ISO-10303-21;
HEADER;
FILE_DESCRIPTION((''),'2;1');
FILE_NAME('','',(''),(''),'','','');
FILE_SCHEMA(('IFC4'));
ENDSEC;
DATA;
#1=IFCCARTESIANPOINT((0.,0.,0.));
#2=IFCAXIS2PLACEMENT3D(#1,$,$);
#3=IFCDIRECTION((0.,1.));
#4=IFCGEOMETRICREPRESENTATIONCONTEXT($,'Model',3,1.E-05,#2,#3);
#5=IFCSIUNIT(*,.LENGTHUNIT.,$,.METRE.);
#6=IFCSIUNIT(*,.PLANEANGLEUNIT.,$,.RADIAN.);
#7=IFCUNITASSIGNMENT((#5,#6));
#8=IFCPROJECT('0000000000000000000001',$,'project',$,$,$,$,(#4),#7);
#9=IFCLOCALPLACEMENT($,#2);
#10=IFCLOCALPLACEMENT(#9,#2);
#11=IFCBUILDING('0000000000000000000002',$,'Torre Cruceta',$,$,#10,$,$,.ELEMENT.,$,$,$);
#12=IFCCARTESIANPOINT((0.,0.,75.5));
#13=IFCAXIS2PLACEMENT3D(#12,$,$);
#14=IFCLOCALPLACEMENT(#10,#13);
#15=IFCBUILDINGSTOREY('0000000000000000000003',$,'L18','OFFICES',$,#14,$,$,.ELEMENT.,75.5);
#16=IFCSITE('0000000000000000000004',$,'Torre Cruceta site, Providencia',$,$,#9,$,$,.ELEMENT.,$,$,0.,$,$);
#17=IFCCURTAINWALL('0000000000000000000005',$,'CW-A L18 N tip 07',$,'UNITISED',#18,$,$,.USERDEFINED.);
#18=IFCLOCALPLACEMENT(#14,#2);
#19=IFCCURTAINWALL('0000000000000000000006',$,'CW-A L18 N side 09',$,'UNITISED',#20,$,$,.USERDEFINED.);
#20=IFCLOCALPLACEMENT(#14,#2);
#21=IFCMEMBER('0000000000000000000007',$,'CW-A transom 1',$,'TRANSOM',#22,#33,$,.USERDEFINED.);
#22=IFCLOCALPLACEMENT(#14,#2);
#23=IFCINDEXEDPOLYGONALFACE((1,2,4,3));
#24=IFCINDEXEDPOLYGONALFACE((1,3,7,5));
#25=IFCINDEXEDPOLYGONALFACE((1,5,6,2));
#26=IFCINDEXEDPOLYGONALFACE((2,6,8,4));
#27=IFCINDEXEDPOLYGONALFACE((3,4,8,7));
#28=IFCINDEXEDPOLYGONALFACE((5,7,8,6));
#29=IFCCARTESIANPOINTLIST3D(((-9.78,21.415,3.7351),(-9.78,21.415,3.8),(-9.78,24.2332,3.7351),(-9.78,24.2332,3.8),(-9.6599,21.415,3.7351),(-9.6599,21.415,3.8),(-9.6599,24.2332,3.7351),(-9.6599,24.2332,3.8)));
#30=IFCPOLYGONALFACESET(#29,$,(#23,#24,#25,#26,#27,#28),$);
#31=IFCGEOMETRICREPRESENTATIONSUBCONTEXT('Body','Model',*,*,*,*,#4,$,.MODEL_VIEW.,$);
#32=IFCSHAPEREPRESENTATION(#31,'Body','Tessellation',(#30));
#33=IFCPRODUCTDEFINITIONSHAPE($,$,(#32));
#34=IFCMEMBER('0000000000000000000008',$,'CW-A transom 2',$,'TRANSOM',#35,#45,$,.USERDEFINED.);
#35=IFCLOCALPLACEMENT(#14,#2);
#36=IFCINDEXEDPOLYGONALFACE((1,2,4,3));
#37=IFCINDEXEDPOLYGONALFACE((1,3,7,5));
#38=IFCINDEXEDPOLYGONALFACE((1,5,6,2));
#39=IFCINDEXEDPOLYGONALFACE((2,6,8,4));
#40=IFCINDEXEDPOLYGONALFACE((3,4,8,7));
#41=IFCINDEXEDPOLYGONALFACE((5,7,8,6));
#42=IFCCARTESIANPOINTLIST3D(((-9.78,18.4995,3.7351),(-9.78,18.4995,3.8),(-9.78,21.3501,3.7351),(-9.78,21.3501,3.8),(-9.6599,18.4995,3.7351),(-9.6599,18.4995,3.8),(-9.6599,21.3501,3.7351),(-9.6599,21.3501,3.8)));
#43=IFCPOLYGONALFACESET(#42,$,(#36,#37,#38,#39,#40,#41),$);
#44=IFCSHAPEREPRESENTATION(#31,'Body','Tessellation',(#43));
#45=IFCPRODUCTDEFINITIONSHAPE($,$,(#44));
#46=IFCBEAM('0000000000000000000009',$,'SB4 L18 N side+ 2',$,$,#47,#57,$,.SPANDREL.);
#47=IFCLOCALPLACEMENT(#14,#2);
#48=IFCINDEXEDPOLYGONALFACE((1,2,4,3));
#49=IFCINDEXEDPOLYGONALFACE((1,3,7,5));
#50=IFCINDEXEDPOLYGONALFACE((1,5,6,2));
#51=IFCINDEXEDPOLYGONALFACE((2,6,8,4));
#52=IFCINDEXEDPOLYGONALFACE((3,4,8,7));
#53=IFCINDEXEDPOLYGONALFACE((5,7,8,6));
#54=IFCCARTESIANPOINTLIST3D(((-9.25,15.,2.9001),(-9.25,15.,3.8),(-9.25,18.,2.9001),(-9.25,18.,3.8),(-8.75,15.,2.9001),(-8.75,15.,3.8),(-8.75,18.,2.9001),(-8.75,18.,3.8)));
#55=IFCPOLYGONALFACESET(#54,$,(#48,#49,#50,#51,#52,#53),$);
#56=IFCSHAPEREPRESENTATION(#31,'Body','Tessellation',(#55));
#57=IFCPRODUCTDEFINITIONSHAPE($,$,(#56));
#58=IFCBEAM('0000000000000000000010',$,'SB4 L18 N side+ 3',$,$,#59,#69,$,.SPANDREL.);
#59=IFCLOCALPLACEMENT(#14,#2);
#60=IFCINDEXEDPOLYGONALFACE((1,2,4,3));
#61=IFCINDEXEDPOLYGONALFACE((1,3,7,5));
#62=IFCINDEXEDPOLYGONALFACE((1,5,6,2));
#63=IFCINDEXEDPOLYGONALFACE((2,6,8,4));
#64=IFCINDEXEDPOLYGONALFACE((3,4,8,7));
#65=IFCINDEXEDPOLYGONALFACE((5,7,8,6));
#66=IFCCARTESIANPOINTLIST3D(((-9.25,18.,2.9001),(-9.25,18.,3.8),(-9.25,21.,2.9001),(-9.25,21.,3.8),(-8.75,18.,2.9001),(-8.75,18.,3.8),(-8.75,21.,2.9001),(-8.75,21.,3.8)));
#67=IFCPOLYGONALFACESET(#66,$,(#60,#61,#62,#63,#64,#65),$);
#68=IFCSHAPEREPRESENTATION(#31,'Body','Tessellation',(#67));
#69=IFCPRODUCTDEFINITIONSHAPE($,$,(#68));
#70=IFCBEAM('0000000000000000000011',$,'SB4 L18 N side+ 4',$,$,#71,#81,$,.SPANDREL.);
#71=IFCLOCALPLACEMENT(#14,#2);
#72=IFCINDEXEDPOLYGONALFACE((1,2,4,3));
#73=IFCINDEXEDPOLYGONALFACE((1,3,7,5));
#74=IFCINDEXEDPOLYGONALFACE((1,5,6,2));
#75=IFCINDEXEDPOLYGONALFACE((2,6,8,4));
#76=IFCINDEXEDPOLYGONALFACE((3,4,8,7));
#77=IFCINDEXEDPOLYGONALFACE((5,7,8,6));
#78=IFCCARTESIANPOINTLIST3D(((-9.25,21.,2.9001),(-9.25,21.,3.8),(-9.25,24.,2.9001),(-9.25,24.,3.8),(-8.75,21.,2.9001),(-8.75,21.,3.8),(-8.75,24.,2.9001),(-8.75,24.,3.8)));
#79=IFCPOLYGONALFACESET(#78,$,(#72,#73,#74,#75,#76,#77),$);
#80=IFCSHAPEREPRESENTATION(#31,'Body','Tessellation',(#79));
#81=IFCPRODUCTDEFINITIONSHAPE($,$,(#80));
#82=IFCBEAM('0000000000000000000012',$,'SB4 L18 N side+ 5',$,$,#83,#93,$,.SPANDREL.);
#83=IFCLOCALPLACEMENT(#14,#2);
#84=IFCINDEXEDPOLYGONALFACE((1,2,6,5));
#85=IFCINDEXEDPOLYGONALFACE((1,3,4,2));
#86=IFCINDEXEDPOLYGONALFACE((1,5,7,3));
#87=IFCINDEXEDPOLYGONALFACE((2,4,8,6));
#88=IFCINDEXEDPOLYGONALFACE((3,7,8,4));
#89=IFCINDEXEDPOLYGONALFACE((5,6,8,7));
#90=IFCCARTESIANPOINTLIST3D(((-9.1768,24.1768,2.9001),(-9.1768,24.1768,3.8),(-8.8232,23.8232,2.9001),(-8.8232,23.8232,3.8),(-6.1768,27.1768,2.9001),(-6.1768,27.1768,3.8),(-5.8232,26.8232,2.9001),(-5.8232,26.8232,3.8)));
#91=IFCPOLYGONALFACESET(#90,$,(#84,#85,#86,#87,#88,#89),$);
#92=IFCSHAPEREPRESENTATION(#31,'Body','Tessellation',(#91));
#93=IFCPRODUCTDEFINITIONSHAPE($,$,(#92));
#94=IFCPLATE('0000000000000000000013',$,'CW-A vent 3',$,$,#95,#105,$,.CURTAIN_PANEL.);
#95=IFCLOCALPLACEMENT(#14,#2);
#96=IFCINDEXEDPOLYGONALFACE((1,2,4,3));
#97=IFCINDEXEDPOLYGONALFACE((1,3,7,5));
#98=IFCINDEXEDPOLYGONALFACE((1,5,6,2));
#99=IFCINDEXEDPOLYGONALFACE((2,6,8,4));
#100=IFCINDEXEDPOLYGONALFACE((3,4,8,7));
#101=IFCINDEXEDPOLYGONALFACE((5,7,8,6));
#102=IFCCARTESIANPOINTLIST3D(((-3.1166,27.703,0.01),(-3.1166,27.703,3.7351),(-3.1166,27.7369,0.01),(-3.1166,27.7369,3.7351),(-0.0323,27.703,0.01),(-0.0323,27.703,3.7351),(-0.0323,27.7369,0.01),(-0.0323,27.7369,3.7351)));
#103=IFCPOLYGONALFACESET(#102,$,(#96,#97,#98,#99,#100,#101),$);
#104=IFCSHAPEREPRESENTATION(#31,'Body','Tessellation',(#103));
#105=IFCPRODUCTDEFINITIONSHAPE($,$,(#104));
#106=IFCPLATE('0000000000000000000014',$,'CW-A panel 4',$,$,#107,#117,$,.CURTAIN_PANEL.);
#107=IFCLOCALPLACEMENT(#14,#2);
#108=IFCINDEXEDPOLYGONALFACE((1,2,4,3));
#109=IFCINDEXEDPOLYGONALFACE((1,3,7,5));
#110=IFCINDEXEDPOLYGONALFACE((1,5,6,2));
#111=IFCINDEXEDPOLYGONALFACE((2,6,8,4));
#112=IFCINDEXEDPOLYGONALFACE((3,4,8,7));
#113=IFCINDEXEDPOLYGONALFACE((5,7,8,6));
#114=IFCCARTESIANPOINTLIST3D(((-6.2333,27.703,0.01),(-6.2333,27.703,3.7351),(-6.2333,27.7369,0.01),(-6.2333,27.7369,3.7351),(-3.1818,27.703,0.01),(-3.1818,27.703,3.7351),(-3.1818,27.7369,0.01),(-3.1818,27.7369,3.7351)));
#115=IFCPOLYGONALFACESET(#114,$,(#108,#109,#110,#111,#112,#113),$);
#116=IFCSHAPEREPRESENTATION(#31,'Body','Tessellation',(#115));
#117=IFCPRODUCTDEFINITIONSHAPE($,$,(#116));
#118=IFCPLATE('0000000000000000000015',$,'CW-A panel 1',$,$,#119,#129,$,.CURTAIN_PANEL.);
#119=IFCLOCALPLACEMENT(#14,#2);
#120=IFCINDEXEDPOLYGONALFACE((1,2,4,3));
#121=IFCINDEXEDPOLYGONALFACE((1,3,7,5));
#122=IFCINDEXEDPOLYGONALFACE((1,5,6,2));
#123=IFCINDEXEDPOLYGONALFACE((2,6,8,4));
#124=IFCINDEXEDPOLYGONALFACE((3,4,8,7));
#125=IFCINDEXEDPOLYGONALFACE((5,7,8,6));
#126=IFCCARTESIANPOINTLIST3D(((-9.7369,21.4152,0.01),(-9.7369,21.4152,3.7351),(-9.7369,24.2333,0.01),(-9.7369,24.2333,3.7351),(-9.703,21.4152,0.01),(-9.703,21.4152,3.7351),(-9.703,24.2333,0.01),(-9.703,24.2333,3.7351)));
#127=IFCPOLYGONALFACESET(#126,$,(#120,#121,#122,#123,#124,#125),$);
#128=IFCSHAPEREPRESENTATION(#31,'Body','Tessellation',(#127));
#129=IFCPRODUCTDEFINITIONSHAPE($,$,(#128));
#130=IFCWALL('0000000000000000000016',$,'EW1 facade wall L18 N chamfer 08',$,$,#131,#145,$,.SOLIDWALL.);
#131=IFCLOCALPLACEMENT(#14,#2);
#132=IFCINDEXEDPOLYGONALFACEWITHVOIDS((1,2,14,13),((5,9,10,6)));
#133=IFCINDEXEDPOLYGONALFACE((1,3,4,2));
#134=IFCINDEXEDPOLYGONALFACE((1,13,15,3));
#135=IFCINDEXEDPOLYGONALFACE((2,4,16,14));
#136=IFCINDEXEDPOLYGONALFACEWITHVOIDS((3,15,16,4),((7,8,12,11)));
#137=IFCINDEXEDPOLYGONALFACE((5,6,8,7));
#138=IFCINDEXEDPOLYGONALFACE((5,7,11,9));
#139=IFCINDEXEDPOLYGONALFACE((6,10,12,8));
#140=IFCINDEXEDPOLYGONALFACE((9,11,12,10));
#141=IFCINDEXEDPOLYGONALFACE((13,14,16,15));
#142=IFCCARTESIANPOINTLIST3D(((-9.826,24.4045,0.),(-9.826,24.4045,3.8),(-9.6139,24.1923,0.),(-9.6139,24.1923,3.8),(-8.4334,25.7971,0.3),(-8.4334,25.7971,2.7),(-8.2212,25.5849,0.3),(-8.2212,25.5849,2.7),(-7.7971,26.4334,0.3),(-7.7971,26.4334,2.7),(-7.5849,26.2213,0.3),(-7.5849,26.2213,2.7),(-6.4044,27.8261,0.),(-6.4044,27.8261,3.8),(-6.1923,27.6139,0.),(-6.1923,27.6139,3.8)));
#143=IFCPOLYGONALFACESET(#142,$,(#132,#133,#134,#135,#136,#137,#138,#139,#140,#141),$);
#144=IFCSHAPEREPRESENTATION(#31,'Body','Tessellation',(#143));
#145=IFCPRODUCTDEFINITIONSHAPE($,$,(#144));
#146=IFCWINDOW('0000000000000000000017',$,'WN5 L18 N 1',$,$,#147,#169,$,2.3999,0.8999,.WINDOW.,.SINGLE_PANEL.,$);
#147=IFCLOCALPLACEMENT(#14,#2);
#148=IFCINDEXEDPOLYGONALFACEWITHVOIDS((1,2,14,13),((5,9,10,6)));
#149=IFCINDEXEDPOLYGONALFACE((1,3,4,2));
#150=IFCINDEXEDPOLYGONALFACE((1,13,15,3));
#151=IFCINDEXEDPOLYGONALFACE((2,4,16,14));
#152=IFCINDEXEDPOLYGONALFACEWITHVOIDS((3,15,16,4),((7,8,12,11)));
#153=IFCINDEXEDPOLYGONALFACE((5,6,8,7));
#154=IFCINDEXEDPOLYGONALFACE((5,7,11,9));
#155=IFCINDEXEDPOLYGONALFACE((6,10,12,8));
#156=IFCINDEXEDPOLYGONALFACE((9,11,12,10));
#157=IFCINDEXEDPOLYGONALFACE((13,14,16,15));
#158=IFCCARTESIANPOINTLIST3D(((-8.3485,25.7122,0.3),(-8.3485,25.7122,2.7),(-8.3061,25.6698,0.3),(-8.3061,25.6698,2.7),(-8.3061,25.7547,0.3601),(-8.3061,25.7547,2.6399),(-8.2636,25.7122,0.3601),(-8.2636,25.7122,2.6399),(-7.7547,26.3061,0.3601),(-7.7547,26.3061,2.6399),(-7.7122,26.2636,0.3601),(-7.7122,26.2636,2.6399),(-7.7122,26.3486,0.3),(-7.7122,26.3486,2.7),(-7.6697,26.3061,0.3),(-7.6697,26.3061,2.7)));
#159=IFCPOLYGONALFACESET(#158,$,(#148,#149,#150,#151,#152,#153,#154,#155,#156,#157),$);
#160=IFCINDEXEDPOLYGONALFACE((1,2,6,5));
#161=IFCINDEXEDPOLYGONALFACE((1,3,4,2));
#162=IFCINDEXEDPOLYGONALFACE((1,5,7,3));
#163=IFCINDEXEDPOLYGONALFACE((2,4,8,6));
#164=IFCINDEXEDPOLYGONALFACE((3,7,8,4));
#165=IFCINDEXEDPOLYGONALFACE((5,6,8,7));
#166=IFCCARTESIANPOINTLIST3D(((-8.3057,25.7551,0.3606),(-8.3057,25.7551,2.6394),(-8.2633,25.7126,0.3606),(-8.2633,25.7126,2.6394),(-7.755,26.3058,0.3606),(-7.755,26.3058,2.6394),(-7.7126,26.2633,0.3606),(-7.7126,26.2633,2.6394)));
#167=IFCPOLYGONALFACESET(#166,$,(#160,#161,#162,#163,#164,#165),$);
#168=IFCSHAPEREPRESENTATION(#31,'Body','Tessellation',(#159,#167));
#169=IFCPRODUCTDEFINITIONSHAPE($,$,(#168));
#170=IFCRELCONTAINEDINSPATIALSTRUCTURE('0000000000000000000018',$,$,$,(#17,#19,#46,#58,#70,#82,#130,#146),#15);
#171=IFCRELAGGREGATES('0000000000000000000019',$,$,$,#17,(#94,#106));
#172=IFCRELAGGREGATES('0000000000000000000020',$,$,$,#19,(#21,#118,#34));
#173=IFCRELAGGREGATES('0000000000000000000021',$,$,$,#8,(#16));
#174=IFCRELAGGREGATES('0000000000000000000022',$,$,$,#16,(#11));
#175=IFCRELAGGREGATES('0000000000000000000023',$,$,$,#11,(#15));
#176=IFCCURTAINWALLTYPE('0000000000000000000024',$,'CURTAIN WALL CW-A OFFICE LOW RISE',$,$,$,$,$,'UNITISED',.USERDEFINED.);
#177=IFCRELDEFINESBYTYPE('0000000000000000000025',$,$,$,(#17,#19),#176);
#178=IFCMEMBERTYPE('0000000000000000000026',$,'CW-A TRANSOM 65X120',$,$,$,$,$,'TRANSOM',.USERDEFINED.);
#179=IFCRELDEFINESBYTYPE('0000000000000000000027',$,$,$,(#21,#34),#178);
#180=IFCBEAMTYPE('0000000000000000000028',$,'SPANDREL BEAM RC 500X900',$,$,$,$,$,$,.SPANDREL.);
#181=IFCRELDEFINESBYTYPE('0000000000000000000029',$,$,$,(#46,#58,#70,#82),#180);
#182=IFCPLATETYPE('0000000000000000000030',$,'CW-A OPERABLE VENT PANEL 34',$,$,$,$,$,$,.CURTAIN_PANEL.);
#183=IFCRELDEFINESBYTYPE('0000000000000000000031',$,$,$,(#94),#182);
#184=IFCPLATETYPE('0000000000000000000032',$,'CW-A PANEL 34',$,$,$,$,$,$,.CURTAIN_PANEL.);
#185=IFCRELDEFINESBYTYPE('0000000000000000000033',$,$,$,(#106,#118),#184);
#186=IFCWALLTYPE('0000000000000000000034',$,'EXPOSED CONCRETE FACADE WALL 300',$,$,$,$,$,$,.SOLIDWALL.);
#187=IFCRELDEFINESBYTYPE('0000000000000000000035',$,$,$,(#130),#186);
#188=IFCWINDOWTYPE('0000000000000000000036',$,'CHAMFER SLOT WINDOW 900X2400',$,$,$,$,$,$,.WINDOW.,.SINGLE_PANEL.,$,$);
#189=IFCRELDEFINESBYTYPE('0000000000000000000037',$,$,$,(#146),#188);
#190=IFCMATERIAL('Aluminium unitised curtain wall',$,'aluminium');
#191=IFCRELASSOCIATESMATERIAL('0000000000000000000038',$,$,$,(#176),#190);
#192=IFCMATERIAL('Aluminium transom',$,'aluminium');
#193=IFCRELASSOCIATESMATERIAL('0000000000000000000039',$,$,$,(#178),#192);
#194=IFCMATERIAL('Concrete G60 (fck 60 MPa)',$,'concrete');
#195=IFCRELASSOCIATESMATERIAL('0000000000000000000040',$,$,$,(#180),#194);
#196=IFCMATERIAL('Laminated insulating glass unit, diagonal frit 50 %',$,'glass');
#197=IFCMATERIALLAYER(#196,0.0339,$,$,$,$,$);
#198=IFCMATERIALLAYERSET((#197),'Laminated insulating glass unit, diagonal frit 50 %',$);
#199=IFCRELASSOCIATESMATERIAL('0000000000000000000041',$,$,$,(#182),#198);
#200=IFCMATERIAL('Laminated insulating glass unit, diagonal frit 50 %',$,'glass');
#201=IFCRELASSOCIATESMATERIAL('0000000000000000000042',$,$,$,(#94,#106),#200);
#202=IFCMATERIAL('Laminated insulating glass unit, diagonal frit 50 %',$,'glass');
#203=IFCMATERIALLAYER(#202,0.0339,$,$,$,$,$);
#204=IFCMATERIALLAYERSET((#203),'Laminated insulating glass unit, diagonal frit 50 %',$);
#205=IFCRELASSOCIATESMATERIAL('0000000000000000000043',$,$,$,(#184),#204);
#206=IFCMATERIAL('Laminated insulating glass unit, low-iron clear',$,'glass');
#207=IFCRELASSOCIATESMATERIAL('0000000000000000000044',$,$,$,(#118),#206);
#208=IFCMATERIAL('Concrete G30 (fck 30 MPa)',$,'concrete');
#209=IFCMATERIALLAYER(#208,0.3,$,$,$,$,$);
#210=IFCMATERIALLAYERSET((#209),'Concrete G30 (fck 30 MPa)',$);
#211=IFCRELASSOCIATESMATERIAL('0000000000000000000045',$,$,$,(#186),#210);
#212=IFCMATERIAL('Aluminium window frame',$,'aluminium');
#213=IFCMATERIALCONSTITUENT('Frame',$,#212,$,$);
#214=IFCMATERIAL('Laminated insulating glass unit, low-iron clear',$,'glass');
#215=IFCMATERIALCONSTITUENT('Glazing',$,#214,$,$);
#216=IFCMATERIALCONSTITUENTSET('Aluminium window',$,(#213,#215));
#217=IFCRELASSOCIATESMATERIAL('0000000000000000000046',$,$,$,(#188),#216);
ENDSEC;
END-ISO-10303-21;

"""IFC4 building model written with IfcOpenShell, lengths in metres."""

from ifc_helpers import new_model, si_unit, direction, frame, frame_2d, origin, origin_2d, place, context, subcontext, project, spatial, rectangle, hollow_rectangle, extrude, material, layer, layer_set, constituent, constituent_set, material_profile, profile_set, type_object, element, fill, aggregate, save


model = new_model("IFC4")

# Units and contexts
model_context = context("Model", 3, precision=1e-05, world=origin(), true_north=direction((0.0, 1.0)))
body_context = subcontext(model_context, "Body", "Model", "MODEL_VIEW")
ifc_project = project(units=[si_unit("LENGTHUNIT", "METRE"), si_unit("PLANEANGLEUNIT", "RADIAN")], contexts=[model_context])

# Site, building, storey
site_placement = place(None, origin())
site = spatial("IfcSite", under=ifc_project, at=site_placement, Name="Torre Cruceta site, Providencia", CompositionType="ELEMENT", RefElevation=0.0)
building_placement = place(site_placement, origin())
building = spatial("IfcBuilding", under=site, at=building_placement, Name="Torre Cruceta", CompositionType="ELEMENT")
storey_placement = place(building_placement, frame((0.0, 0.0, 75.5)))
storey = spatial("IfcBuildingStorey", under=building, at=storey_placement, Name="L18", Description="OFFICES", CompositionType="ELEMENT", Elevation=75.5)

# Curtain walls
ifc_material_1 = material(Name="Aluminium unitised curtain wall", Category="aluminium")
curtain_wall_type = type_object("IfcCurtainWallType", Name="CURTAIN WALL CW-A OFFICE LOW RISE", ElementType="UNITISED", PredefinedType="USERDEFINED", material=ifc_material_1)
curtain_wall_1_placement = place(storey_placement, origin())
curtain_wall_1 = element("IfcCurtainWall", 1, at=curtain_wall_1_placement, inside=storey, type_object=curtain_wall_type, Name="CW-A L18 N tip 07", ObjectType="UNITISED", PredefinedType="USERDEFINED")
curtain_wall_2_placement = place(storey_placement, origin())
curtain_wall_2 = element("IfcCurtainWall", 2, at=curtain_wall_2_placement, inside=storey, type_object=curtain_wall_type, Name="CW-A L18 N side 09", ObjectType="UNITISED", PredefinedType="USERDEFINED")

# Members
ifc_material_2 = material(Name="Aluminium transom", Category="aluminium")
ifc_material_profile_1 = material_profile(ifc_material_2, rectangle(XDim=0.1201, YDim=0.0649, at=origin_2d()), Name="AL 120X65")
ifc_profile_set_1 = profile_set([ifc_material_profile_1], Name="Aluminium transom")
member_type_1 = type_object("IfcMemberType", Name="CW-A TRANSOM 65X120", ElementType="TRANSOM", PredefinedType="USERDEFINED", material=ifc_profile_set_1)
member_1_placement = place(storey_placement, frame((-9.72, 24.2332, 3.7676), z_axis=(0.0, -1.0, 0.0), x_axis=(1.0, 0.0, 0.0)))
member_1 = element("IfcMember", 3, at=member_1_placement, type_object=member_type_1, Name="CW-A transom 1", ObjectType="TRANSOM", PredefinedType="USERDEFINED", context=body_context, shape_type="SweptSolid", body=[
    extrude(rectangle(XDim=0.1201, YDim=0.0649, at=origin_2d()), origin(), (0.0, 0.0, 1.0), 2.8181),
])
member_2_placement = place(storey_placement, frame((-9.72, 21.3501, 3.7676), z_axis=(0.0, -1.0, 0.0), x_axis=(1.0, 0.0, 0.0)))
member_2 = element("IfcMember", 4, at=member_2_placement, type_object=member_type_1, Name="CW-A transom 2", ObjectType="TRANSOM", PredefinedType="USERDEFINED", context=body_context, shape_type="SweptSolid", body=[
    extrude(rectangle(XDim=0.1201, YDim=0.0649, at=origin_2d()), origin(), (0.0, 0.0, 1.0), 2.8506),
])

# Beams
ifc_material_3 = material(Name="Concrete G60 (fck 60 MPa)", Category="concrete")
ifc_material_profile_2 = material_profile(ifc_material_3, rectangle(XDim=0.5, YDim=0.8999, at=origin_2d()), Name="RC 500X900")
ifc_profile_set_2 = profile_set([ifc_material_profile_2], Name="Concrete G60 (fck 60 MPa)")
beam_type_1 = type_object("IfcBeamType", Name="SPANDREL BEAM RC 500X900", PredefinedType="SPANDREL", material=ifc_profile_set_2)
for number, where, z_axis, x_axis, name in (
    (5, (-9.0, 15.0, 3.3501), (0.0, 1.0, 0.0), (-1.0, 0.0, 0.0), "SB4 L18 N side+ 2"),
    (6, (-9.0, 18.0, 3.3501), (0.0, 1.0, 0.0), (-1.0, 0.0, 0.0), "SB4 L18 N side+ 3"),
    (7, (-9.0, 21.0, 3.3501), (0.0, 1.0, 0.0), (-1.0, 0.0, 0.0), "SB4 L18 N side+ 4"),
):
    element("IfcBeam", number, at=place(storey_placement, frame(where, z_axis=z_axis, x_axis=x_axis)), inside=storey, type_object=beam_type_1, Name=name, PredefinedType="SPANDREL", context=body_context, shape_type="SweptSolid", body=[
        extrude(rectangle(XDim=0.5, YDim=0.8999, at=origin_2d()), origin(), (0.0, 0.0, 1.0), 3.0),
    ])
beam_placement = place(storey_placement, frame((-9.0, 24.0, 3.3501), z_axis=(0.707107, 0.707107, 0.0), x_axis=(-0.707107, 0.707107, 0.0)))
element("IfcBeam", 8, at=beam_placement, inside=storey, type_object=beam_type_1, Name="SB4 L18 N side+ 5", PredefinedType="SPANDREL", context=body_context, shape_type="SweptSolid", body=[
    extrude(rectangle(XDim=0.5, YDim=0.8999, at=origin_2d()), origin(), (0.0, 0.0, 1.0), 4.2427),
])

# Plates
ifc_material_4 = material(Name="Laminated insulating glass unit, diagonal frit 50 %", Category="glass")
ifc_material_5 = material(Name="Laminated insulating glass unit, diagonal frit 50 %", Category="glass")
ifc_layer_1 = layer(ifc_material_5, 0.0339)
ifc_layer_set_1 = layer_set([ifc_layer_1], Name="Laminated insulating glass unit, diagonal frit 50 %")
plate_type_1 = type_object("IfcPlateType", Name="CW-A OPERABLE VENT PANEL 34", PredefinedType="CURTAIN_PANEL", material=ifc_layer_set_1)
plate_1_placement = place(storey_placement, frame((-1.5745, 27.72, 0.01), z_axis=(0.0, 0.0, 1.0), x_axis=(-1.0, 0.0, 0.0)))
plate_1 = element("IfcPlate", 9, at=plate_1_placement, type_object=plate_type_1, material=ifc_material_4, Name="CW-A vent 3", PredefinedType="CURTAIN_PANEL", context=body_context, shape_type="SweptSolid", body=[
    extrude(rectangle(XDim=3.0842, YDim=0.0339, at=origin_2d()), origin(), (0.0, 0.0, 1.0), 3.7251),
])
ifc_material_6 = material(Name="Laminated insulating glass unit, diagonal frit 50 %", Category="glass")
ifc_layer_2 = layer(ifc_material_6, 0.0339)
ifc_layer_set_2 = layer_set([ifc_layer_2], Name="Laminated insulating glass unit, diagonal frit 50 %")
plate_type_2 = type_object("IfcPlateType", Name="CW-A PANEL 34", PredefinedType="CURTAIN_PANEL", material=ifc_layer_set_2)
plate_2_placement = place(storey_placement, frame((-4.7075, 27.72, 0.01), z_axis=(0.0, 0.0, 1.0), x_axis=(-1.0, 0.0, 0.0)))
plate_2 = element("IfcPlate", 10, at=plate_2_placement, type_object=plate_type_2, material=ifc_material_4, Name="CW-A panel 4", PredefinedType="CURTAIN_PANEL", context=body_context, shape_type="SweptSolid", body=[
    extrude(rectangle(XDim=3.0515, YDim=0.0339, at=origin_2d()), origin(), (0.0, 0.0, 1.0), 3.7251),
])
aggregate(curtain_wall_1, [plate_1, plate_2])
ifc_material_7 = material(Name="Laminated insulating glass unit, low-iron clear", Category="glass")
plate_3_placement = place(storey_placement, frame((-9.72, 22.8242, 0.01), z_axis=(0.0, 0.0, 1.0), x_axis=(0.0, -1.0, 0.0)))
plate_3 = element("IfcPlate", 11, at=plate_3_placement, type_object=plate_type_2, material=ifc_material_7, Name="CW-A panel 1", PredefinedType="CURTAIN_PANEL", context=body_context, shape_type="SweptSolid", body=[
    extrude(rectangle(XDim=2.8181, YDim=0.0339, at=origin_2d()), origin(), (0.0, 0.0, 1.0), 3.7251),
])
aggregate(curtain_wall_2, [member_1, plate_3, member_2])

# Wall, opening, window
ifc_material_8 = material(Name="Concrete G30 (fck 30 MPa)", Category="concrete")
ifc_layer_3 = layer(ifc_material_8, 0.3)
ifc_layer_set_3 = layer_set([ifc_layer_3], Name="Concrete G30 (fck 30 MPa)")
wall_type_1 = type_object("IfcWallType", Name="EXPOSED CONCRETE FACADE WALL 300", PredefinedType="SOLIDWALL", material=ifc_layer_set_3)
wall_1_placement = place(storey_placement, frame((-6.2983, 27.72, 0.0), z_axis=(0.0, 0.0, 1.0), x_axis=(-0.707107, -0.707107, 0.0)))
wall_1 = element("IfcWall", 12, at=wall_1_placement, inside=storey, type_object=wall_type_1, Name="EW1 facade wall L18 N chamfer 08", PredefinedType="SOLIDWALL", context=body_context, shape_type="SweptSolid", body=[
    extrude(rectangle(XDim=4.8389, YDim=0.3, at=frame_2d((2.4194, 0.0))), origin(), (0.0, 0.0, 1.0), 3.8),
])
opening_1_placement = place(wall_1_placement, frame((1.9695, 0.0, 0.3)))
opening_1 = element("IfcOpeningElement", 13, at=opening_1_placement, cuts=wall_1, PredefinedType="OPENING", context=body_context, shape_type="SweptSolid", body=[
    extrude(rectangle(XDim=0.8999, YDim=2.3999, at=frame_2d((0.45, 1.2))), frame((0.0, 0.1599, 0.0), z_axis=(0.0, -1.0, 0.0), x_axis=(1.0, 0.0, 0.0)), (0.0, 0.0, 1.0), 0.3201),
])
ifc_material_9 = material(Name="Aluminium window frame", Category="aluminium")
ifc_constituent_1 = constituent(ifc_material_9, Name="Frame")
ifc_material_10 = material(Name="Laminated insulating glass unit, low-iron clear", Category="glass")
ifc_constituent_2 = constituent(ifc_material_10, Name="Glazing")
ifc_constituent_set_1 = constituent_set(constituents=[ifc_constituent_1, ifc_constituent_2], Name="Aluminium window")
window_type = type_object("IfcWindowType", Name="CHAMFER SLOT WINDOW 900X2400", PartitioningType="SINGLE_PANEL", PredefinedType="WINDOW", material=ifc_constituent_set_1)
window_placement = place(opening_1_placement, origin())
window = element("IfcWindow", 14, at=window_placement, inside=storey, type_object=window_type, Name="WN5 L18 N 1", OverallHeight=2.3999, OverallWidth=0.8999, PartitioningType="SINGLE_PANEL", PredefinedType="WINDOW", context=body_context, shape_type="SweptSolid", body=[
    extrude(hollow_rectangle(XDim=0.8999, YDim=2.3999, WallThickness=0.0601, at=frame_2d((0.45, 1.2))), frame((0.0, 0.03, 0.0), z_axis=(0.0, -1.0, 0.0), x_axis=(1.0, 0.0, 0.0)), (0.0, 0.0, 1.0), 0.0601),
    extrude(rectangle(XDim=0.7788, YDim=2.2788, at=frame_2d((0.45, 1.2))), frame((0.0, 0.03, 0.0), z_axis=(0.0, -1.0, 0.0), x_axis=(1.0, 0.0, 0.0)), (0.0, 0.0, 1.0), 0.0601),
])
fill(opening_1, window)

save(model, "model.ifc")
